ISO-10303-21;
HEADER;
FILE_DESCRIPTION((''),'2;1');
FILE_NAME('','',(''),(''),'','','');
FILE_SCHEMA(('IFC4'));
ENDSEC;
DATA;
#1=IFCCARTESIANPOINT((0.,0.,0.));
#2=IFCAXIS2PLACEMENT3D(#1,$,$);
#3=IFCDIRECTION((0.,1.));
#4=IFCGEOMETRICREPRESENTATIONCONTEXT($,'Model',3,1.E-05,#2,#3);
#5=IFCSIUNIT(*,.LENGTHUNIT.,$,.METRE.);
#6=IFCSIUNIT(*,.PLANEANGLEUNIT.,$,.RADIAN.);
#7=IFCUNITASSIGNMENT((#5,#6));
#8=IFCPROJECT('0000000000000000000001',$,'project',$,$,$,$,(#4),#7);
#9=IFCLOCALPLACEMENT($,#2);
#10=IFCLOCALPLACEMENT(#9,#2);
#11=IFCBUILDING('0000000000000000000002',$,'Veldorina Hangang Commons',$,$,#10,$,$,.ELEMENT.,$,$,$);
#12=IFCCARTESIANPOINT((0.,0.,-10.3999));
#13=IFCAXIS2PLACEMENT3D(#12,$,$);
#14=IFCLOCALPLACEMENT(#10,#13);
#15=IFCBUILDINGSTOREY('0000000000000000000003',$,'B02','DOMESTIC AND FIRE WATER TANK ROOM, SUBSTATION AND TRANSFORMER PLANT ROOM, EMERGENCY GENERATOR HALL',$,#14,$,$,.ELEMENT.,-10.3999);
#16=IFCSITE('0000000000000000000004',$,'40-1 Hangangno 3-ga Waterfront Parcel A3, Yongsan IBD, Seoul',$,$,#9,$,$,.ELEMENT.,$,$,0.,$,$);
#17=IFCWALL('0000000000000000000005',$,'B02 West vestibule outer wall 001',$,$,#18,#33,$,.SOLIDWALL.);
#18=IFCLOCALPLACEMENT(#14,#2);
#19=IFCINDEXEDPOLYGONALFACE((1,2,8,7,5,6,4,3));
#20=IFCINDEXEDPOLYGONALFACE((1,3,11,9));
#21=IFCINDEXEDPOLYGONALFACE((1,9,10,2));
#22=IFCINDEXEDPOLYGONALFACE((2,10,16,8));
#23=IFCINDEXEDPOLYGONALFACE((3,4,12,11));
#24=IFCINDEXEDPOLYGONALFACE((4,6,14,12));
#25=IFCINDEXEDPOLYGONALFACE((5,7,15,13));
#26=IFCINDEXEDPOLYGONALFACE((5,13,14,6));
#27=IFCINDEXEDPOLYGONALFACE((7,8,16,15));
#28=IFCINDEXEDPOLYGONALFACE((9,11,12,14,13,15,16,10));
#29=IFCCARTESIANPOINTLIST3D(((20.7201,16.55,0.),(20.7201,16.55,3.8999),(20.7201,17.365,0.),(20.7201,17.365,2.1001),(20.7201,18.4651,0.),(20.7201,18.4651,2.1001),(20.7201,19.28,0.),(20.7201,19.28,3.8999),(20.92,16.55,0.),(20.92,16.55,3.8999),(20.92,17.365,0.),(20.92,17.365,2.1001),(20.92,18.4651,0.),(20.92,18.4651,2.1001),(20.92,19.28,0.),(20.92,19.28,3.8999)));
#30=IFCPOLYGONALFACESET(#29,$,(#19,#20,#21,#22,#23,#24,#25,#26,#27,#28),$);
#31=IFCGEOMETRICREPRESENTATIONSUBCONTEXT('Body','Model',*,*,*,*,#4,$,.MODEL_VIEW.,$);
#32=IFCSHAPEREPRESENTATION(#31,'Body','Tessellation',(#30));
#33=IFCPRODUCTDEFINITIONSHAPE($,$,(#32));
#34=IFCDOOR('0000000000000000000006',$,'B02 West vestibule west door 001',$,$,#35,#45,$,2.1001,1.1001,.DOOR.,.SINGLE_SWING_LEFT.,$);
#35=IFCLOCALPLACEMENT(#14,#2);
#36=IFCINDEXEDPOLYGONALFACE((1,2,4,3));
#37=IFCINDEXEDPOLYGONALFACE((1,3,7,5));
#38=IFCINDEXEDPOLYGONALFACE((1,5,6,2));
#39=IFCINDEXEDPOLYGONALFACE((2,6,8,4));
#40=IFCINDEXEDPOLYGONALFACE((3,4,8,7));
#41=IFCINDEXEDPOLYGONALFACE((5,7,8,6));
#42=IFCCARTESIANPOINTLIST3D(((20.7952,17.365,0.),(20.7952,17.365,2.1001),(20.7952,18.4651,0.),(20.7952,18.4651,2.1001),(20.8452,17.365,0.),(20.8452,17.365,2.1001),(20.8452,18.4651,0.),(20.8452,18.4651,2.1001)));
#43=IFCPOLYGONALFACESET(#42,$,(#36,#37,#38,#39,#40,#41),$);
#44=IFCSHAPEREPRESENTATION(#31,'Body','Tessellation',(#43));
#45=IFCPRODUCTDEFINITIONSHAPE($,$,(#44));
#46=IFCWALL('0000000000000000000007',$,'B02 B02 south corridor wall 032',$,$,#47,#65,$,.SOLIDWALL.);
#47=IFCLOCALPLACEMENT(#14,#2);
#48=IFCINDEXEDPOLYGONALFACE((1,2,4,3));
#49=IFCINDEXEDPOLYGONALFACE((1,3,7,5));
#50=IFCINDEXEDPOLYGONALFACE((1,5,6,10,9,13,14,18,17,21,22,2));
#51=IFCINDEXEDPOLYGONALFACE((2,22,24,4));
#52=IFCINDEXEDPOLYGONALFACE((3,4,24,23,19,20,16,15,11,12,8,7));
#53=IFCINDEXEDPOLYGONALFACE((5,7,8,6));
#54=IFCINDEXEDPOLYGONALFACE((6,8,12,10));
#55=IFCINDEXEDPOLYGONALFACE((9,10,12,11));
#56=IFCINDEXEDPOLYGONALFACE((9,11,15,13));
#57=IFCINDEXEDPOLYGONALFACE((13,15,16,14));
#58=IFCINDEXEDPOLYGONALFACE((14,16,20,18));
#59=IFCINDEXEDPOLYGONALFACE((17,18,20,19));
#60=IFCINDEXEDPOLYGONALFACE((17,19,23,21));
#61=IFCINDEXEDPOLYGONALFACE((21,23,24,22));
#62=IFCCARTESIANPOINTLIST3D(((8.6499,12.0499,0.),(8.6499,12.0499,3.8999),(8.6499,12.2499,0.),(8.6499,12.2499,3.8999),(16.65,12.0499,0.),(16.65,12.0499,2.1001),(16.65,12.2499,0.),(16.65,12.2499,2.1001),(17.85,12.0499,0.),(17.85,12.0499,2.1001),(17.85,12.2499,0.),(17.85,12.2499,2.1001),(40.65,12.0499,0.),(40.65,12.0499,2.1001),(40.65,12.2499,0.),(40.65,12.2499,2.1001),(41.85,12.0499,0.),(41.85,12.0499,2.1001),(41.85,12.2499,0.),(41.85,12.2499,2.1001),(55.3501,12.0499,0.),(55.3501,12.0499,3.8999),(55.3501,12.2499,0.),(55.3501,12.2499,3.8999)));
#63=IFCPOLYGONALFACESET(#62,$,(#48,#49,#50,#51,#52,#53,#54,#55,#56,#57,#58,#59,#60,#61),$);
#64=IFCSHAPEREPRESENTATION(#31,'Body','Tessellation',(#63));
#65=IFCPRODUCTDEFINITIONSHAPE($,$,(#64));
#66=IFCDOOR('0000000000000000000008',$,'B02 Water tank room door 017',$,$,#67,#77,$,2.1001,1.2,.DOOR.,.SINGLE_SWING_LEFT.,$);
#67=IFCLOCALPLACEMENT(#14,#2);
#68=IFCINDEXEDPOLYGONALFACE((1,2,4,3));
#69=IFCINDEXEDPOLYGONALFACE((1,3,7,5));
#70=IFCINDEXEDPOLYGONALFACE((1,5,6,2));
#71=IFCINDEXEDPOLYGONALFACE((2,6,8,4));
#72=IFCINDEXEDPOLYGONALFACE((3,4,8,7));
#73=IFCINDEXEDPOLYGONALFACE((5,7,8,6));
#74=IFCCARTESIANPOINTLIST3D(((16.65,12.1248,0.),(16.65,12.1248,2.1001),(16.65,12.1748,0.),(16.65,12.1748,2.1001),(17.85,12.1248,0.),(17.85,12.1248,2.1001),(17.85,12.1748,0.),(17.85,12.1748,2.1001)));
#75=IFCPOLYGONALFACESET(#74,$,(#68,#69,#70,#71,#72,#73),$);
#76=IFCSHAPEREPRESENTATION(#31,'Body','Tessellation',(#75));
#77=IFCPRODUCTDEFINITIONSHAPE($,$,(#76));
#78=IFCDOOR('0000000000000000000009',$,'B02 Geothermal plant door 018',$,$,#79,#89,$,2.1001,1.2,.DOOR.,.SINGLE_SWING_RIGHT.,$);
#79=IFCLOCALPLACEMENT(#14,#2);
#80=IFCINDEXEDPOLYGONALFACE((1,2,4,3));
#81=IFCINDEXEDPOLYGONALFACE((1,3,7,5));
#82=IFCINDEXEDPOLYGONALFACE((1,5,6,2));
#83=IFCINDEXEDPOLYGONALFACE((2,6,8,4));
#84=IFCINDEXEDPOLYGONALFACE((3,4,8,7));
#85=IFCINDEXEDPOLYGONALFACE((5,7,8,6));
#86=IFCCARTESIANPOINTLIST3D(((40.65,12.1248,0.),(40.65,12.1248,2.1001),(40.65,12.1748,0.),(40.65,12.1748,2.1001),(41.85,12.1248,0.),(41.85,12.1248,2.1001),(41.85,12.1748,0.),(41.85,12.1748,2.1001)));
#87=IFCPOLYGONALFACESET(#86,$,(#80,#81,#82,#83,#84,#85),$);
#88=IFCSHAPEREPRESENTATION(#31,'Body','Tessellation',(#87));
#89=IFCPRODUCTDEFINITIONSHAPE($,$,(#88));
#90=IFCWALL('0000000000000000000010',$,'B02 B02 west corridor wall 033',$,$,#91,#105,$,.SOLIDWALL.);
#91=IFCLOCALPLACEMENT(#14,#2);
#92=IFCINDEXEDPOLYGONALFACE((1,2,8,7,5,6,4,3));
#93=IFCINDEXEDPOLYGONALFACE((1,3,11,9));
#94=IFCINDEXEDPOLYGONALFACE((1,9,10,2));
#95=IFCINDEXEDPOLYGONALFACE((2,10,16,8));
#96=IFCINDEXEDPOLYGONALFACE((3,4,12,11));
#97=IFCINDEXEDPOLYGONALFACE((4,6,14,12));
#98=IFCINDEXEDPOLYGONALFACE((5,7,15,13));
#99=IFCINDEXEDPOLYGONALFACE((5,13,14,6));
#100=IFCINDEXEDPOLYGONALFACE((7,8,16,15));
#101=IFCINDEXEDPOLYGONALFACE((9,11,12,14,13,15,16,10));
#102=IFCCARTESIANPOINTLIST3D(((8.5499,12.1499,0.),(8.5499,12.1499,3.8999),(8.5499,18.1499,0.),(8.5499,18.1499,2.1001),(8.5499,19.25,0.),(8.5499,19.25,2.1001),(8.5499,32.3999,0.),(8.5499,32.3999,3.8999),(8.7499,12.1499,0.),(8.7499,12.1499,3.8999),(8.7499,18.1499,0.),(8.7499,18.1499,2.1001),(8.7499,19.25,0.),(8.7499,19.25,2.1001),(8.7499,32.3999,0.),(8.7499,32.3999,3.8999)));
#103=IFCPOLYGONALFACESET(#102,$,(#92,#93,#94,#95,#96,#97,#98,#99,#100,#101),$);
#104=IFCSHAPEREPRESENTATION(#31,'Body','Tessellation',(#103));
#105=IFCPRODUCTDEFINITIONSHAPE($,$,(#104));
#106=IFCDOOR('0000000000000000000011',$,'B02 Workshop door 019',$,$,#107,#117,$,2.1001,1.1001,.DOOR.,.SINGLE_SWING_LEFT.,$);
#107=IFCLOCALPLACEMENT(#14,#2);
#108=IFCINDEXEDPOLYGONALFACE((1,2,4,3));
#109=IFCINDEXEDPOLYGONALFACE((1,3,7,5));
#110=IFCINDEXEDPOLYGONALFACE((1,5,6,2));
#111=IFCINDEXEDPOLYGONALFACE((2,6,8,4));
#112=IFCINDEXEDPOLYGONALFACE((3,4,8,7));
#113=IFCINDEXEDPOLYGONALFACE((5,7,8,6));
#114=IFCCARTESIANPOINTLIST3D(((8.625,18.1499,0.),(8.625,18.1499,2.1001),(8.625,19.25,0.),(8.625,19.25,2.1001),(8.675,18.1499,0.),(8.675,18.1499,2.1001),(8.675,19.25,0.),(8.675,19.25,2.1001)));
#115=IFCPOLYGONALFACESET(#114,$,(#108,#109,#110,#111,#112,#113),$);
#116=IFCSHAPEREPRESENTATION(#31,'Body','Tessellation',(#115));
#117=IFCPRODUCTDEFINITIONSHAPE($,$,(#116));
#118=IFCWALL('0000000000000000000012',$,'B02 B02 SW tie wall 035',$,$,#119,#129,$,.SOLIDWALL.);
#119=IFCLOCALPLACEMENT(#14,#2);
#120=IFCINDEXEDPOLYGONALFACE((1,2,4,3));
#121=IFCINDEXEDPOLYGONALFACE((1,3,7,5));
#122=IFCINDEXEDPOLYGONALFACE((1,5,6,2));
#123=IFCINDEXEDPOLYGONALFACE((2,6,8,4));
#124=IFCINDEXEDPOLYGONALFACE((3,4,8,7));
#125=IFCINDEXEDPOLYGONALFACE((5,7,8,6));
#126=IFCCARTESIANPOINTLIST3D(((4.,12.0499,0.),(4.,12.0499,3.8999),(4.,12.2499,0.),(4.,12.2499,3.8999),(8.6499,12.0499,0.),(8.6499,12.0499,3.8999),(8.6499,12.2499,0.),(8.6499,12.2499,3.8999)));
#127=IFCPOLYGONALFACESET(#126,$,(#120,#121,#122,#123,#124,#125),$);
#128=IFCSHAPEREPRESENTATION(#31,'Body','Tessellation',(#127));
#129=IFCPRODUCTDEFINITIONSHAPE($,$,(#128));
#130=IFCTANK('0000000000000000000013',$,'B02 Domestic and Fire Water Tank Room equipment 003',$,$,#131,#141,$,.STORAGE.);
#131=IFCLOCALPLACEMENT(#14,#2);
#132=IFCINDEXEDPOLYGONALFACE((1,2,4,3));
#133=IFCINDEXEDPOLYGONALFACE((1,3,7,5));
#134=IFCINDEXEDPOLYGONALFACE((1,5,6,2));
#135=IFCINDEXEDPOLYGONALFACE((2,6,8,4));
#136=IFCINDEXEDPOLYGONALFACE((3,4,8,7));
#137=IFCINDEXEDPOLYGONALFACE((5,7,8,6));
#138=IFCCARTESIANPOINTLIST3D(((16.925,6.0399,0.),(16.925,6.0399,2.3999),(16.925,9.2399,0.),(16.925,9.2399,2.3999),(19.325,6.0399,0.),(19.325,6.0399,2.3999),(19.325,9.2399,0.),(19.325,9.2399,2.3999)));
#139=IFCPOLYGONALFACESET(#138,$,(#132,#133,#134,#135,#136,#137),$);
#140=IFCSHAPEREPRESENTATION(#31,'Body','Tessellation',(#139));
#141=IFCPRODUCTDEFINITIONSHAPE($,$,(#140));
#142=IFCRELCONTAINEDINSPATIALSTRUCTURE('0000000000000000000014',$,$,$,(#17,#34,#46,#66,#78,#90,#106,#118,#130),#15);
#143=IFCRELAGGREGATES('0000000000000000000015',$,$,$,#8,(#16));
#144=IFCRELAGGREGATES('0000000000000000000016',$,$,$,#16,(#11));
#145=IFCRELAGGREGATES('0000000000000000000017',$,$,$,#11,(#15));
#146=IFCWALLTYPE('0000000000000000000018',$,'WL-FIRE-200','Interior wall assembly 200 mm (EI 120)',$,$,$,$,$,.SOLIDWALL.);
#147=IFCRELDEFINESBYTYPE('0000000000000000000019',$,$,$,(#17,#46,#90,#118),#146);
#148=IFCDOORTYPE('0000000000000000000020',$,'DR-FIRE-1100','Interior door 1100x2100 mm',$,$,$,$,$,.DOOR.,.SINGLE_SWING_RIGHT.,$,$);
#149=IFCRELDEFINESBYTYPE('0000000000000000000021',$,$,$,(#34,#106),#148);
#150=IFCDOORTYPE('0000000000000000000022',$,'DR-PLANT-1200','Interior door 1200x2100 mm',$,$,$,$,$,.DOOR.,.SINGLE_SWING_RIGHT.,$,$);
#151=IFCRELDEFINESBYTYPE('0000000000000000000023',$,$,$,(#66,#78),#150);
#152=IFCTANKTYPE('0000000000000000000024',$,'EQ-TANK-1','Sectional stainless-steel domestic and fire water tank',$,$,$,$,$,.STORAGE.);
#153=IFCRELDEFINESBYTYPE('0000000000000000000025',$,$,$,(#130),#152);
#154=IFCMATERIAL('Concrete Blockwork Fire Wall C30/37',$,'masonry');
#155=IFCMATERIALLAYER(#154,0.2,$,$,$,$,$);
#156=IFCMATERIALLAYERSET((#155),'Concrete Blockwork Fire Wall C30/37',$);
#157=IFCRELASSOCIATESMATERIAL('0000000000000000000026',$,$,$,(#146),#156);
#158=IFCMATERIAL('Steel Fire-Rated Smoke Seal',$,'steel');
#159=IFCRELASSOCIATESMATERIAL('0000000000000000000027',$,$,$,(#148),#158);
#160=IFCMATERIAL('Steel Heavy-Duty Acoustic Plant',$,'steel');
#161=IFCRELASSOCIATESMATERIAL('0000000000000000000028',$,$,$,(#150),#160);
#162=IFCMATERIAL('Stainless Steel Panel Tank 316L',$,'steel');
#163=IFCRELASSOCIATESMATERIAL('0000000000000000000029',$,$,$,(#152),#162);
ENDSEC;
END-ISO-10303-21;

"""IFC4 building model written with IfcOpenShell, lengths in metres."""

from ifc_helpers import new_model, si_unit, direction, frame, frame_2d, origin, origin_2d, place, context, subcontext, project, spatial, rectangle, extrude, material, layer, layer_set, type_object, element, fill, save


model = new_model("IFC4")

# Units and contexts
model_context = context("Model", 3, precision=1e-05, world=origin(), true_north=direction((0.0, 1.0)))
body_context = subcontext(model_context, "Body", "Model", "MODEL_VIEW")
ifc_project = project(units=[si_unit("LENGTHUNIT", "METRE"), si_unit("PLANEANGLEUNIT", "RADIAN")], contexts=[model_context])

# Site, building, storey
site_placement = place(None, origin())
site = spatial("IfcSite", under=ifc_project, at=site_placement, Name="40-1 Hangangno 3-ga Waterfront Parcel A3, Yongsan IBD, Seoul", CompositionType="ELEMENT", RefElevation=0.0)
building_placement = place(site_placement, origin())
building = spatial("IfcBuilding", under=site, at=building_placement, Name="Veldorina Hangang Commons", CompositionType="ELEMENT")
storey_placement = place(building_placement, frame((0.0, 0.0, -10.3999)))
storey = spatial("IfcBuildingStorey", under=building, at=storey_placement, Name="B02", Description="DOMESTIC AND FIRE WATER TANK ROOM, SUBSTATION AND TRANSFORMER PLANT ROOM, EMERGENCY GENERATOR HALL", CompositionType="ELEMENT", Elevation=-10.3999)

# Wall, opening, door
ifc_material_1 = material(Name="Concrete Blockwork Fire Wall C30/37", Category="masonry")
ifc_layer_1 = layer(ifc_material_1, 0.2)
ifc_layer_set_1 = layer_set([ifc_layer_1], Name="Concrete Blockwork Fire Wall C30/37")
wall_type = type_object("IfcWallType", Name="WL-FIRE-200", Description="Interior wall assembly 200 mm (EI 120)", PredefinedType="SOLIDWALL", material=ifc_layer_set_1)
wall_1_placement = place(storey_placement, frame((20.8201, 16.55, 0.0), z_axis=(0.0, 0.0, 1.0), x_axis=(0.0, 1.0, 0.0)))
wall_1 = element("IfcWall", 1, at=wall_1_placement, inside=storey, type_object=wall_type, Name="B02 West vestibule outer wall 001", PredefinedType="SOLIDWALL", context=body_context, shape_type="SweptSolid", body=[
    extrude(rectangle(XDim=2.73, YDim=0.2, at=frame_2d((1.365, 0.0))), origin(), (0.0, 0.0, 1.0), 3.8999),
])
opening_1_placement = place(wall_1_placement, frame((0.8149, 0.0, 0.0)))
opening_1 = element("IfcOpeningElement", 2, at=opening_1_placement, cuts=wall_1, PredefinedType="OPENING", context=body_context, shape_type="SweptSolid", body=[
    extrude(rectangle(XDim=1.1001, YDim=2.1001, at=frame_2d((0.55, 1.05))), frame((0.0, 0.1099, 0.0), z_axis=(0.0, -1.0, 0.0), x_axis=(1.0, 0.0, 0.0)), (0.0, 0.0, 1.0), 0.22),
])
ifc_material_2 = material(Name="Steel Fire-Rated Smoke Seal", Category="steel")
door_type_1 = type_object("IfcDoorType", Name="DR-FIRE-1100", Description="Interior door 1100x2100 mm", OperationType="SINGLE_SWING_RIGHT", PredefinedType="DOOR", material=ifc_material_2)
door_1_placement = place(opening_1_placement, origin())
door_1 = element("IfcDoor", 3, at=door_1_placement, inside=storey, type_object=door_type_1, Name="B02 West vestibule west door 001", OperationType="SINGLE_SWING_LEFT", OverallHeight=2.1001, OverallWidth=1.1001, PredefinedType="DOOR", context=body_context, shape_type="SweptSolid", body=[
    extrude(rectangle(XDim=1.1001, YDim=2.1001, at=frame_2d((0.55, 1.05))), frame((0.0, 0.0249, 0.0), z_axis=(0.0, -1.0, 0.0), x_axis=(1.0, 0.0, 0.0)), (0.0, 0.0, 1.0), 0.05),
])
fill(opening_1, door_1)

# Wall, openings, doors
wall_2_placement = place(storey_placement, frame((8.6499, 12.1499, 0.0), z_axis=(0.0, 0.0, 1.0), x_axis=(1.0, 0.0, 0.0)))
wall_2 = element("IfcWall", 4, at=wall_2_placement, inside=storey, type_object=wall_type, Name="B02 B02 south corridor wall 032", PredefinedType="SOLIDWALL", context=body_context, shape_type="SweptSolid", body=[
    extrude(rectangle(XDim=46.7002, YDim=0.2, at=frame_2d((23.3501, 0.0))), origin(), (0.0, 0.0, 1.0), 3.8999),
])
opening_2_placement = place(wall_2_placement, frame((8.0, 0.0, 0.0)))
opening_2 = element("IfcOpeningElement", 5, at=opening_2_placement, cuts=wall_2, PredefinedType="OPENING", context=body_context, shape_type="SweptSolid", body=[
    extrude(rectangle(XDim=1.2, YDim=2.1001, at=frame_2d((0.6001, 1.05))), frame((0.0, 0.1099, 0.0), z_axis=(0.0, -1.0, 0.0), x_axis=(1.0, 0.0, 0.0)), (0.0, 0.0, 1.0), 0.22),
])
opening_3_placement = place(wall_2_placement, frame((32.0, 0.0, 0.0)))
opening_3 = element("IfcOpeningElement", 6, at=opening_3_placement, cuts=wall_2, PredefinedType="OPENING", context=body_context, shape_type="SweptSolid", body=[
    extrude(rectangle(XDim=1.2, YDim=2.1001, at=frame_2d((0.6001, 1.05))), frame((0.0, 0.1099, 0.0), z_axis=(0.0, -1.0, 0.0), x_axis=(1.0, 0.0, 0.0)), (0.0, 0.0, 1.0), 0.22),
])
ifc_material_3 = material(Name="Steel Heavy-Duty Acoustic Plant", Category="steel")
door_type_2 = type_object("IfcDoorType", Name="DR-PLANT-1200", Description="Interior door 1200x2100 mm", OperationType="SINGLE_SWING_RIGHT", PredefinedType="DOOR", material=ifc_material_3)
door_2_placement = place(opening_2_placement, origin())
door_2 = element("IfcDoor", 7, at=door_2_placement, inside=storey, type_object=door_type_2, Name="B02 Water tank room door 017", OperationType="SINGLE_SWING_LEFT", OverallHeight=2.1001, OverallWidth=1.2, PredefinedType="DOOR", context=body_context, shape_type="SweptSolid", body=[
    extrude(rectangle(XDim=1.2, YDim=2.1001, at=frame_2d((0.6001, 1.05))), frame((0.0, 0.0249, 0.0), z_axis=(0.0, -1.0, 0.0), x_axis=(1.0, 0.0, 0.0)), (0.0, 0.0, 1.0), 0.05),
])
fill(opening_2, door_2)
door_3_placement = place(opening_3_placement, origin())
door_3 = element("IfcDoor", 8, at=door_3_placement, inside=storey, type_object=door_type_2, Name="B02 Geothermal plant door 018", OperationType="SINGLE_SWING_RIGHT", OverallHeight=2.1001, OverallWidth=1.2, PredefinedType="DOOR", context=body_context, shape_type="SweptSolid", body=[
    extrude(rectangle(XDim=1.2, YDim=2.1001, at=frame_2d((0.6001, 1.05))), frame((0.0, 0.0249, 0.0), z_axis=(0.0, -1.0, 0.0), x_axis=(1.0, 0.0, 0.0)), (0.0, 0.0, 1.0), 0.05),
])
fill(opening_3, door_3)

# Wall, opening, door
wall_3_placement = place(storey_placement, frame((8.6499, 12.1499, 0.0), z_axis=(0.0, 0.0, 1.0), x_axis=(0.0, 1.0, 0.0)))
wall_3 = element("IfcWall", 9, at=wall_3_placement, inside=storey, type_object=wall_type, Name="B02 B02 west corridor wall 033", PredefinedType="SOLIDWALL", context=body_context, shape_type="SweptSolid", body=[
    extrude(rectangle(XDim=20.25, YDim=0.2, at=frame_2d((10.125, 0.0))), origin(), (0.0, 0.0, 1.0), 3.8999),
])
opening_4_placement = place(wall_3_placement, frame((6.0, 0.0, 0.0)))
opening_4 = element("IfcOpeningElement", 10, at=opening_4_placement, cuts=wall_3, PredefinedType="OPENING", context=body_context, shape_type="SweptSolid", body=[
    extrude(rectangle(XDim=1.1001, YDim=2.1001, at=frame_2d((0.55, 1.05))), frame((0.0, 0.1099, 0.0), z_axis=(0.0, -1.0, 0.0), x_axis=(1.0, 0.0, 0.0)), (0.0, 0.0, 1.0), 0.22),
])
door_4_placement = place(opening_4_placement, origin())
door_4 = element("IfcDoor", 11, at=door_4_placement, inside=storey, type_object=door_type_1, Name="B02 Workshop door 019", OperationType="SINGLE_SWING_LEFT", OverallHeight=2.1001, OverallWidth=1.1001, PredefinedType="DOOR", context=body_context, shape_type="SweptSolid", body=[
    extrude(rectangle(XDim=1.1001, YDim=2.1001, at=frame_2d((0.55, 1.05))), frame((0.0, 0.0249, 0.0), z_axis=(0.0, -1.0, 0.0), x_axis=(1.0, 0.0, 0.0)), (0.0, 0.0, 1.0), 0.05),
])
fill(opening_4, door_4)

# Wall
wall_4_placement = place(storey_placement, frame((4.0, 12.1499, 0.0), z_axis=(0.0, 0.0, 1.0), x_axis=(1.0, 0.0, 0.0)))
element("IfcWall", 12, at=wall_4_placement, inside=storey, type_object=wall_type, Name="B02 B02 SW tie wall 035", PredefinedType="SOLIDWALL", context=body_context, shape_type="SweptSolid", body=[
    extrude(rectangle(XDim=4.6499, YDim=0.2, at=frame_2d((2.325, 0.0))), origin(), (0.0, 0.0, 1.0), 3.8999),
])

# Tank
ifc_material_4 = material(Name="Stainless Steel Panel Tank 316L", Category="steel")
tank_type = type_object("IfcTankType", Name="EQ-TANK-1", Description="Sectional stainless-steel domestic and fire water tank", PredefinedType="STORAGE", material=ifc_material_4)
tank_placement = place(storey_placement, frame((18.125, 7.6399, 0.0), z_axis=(0.0, 0.0, 1.0), x_axis=(1.0, 0.0, 0.0)))
element("IfcTank", 13, at=tank_placement, inside=storey, type_object=tank_type, Name="B02 Domestic and Fire Water Tank Room equipment 003", PredefinedType="STORAGE", context=body_context, shape_type="SweptSolid", body=[
    extrude(rectangle(XDim=2.3999, YDim=3.2, at=origin_2d()), origin(), (0.0, 0.0, 1.0), 2.3999),
])

save(model, "model.ifc")
